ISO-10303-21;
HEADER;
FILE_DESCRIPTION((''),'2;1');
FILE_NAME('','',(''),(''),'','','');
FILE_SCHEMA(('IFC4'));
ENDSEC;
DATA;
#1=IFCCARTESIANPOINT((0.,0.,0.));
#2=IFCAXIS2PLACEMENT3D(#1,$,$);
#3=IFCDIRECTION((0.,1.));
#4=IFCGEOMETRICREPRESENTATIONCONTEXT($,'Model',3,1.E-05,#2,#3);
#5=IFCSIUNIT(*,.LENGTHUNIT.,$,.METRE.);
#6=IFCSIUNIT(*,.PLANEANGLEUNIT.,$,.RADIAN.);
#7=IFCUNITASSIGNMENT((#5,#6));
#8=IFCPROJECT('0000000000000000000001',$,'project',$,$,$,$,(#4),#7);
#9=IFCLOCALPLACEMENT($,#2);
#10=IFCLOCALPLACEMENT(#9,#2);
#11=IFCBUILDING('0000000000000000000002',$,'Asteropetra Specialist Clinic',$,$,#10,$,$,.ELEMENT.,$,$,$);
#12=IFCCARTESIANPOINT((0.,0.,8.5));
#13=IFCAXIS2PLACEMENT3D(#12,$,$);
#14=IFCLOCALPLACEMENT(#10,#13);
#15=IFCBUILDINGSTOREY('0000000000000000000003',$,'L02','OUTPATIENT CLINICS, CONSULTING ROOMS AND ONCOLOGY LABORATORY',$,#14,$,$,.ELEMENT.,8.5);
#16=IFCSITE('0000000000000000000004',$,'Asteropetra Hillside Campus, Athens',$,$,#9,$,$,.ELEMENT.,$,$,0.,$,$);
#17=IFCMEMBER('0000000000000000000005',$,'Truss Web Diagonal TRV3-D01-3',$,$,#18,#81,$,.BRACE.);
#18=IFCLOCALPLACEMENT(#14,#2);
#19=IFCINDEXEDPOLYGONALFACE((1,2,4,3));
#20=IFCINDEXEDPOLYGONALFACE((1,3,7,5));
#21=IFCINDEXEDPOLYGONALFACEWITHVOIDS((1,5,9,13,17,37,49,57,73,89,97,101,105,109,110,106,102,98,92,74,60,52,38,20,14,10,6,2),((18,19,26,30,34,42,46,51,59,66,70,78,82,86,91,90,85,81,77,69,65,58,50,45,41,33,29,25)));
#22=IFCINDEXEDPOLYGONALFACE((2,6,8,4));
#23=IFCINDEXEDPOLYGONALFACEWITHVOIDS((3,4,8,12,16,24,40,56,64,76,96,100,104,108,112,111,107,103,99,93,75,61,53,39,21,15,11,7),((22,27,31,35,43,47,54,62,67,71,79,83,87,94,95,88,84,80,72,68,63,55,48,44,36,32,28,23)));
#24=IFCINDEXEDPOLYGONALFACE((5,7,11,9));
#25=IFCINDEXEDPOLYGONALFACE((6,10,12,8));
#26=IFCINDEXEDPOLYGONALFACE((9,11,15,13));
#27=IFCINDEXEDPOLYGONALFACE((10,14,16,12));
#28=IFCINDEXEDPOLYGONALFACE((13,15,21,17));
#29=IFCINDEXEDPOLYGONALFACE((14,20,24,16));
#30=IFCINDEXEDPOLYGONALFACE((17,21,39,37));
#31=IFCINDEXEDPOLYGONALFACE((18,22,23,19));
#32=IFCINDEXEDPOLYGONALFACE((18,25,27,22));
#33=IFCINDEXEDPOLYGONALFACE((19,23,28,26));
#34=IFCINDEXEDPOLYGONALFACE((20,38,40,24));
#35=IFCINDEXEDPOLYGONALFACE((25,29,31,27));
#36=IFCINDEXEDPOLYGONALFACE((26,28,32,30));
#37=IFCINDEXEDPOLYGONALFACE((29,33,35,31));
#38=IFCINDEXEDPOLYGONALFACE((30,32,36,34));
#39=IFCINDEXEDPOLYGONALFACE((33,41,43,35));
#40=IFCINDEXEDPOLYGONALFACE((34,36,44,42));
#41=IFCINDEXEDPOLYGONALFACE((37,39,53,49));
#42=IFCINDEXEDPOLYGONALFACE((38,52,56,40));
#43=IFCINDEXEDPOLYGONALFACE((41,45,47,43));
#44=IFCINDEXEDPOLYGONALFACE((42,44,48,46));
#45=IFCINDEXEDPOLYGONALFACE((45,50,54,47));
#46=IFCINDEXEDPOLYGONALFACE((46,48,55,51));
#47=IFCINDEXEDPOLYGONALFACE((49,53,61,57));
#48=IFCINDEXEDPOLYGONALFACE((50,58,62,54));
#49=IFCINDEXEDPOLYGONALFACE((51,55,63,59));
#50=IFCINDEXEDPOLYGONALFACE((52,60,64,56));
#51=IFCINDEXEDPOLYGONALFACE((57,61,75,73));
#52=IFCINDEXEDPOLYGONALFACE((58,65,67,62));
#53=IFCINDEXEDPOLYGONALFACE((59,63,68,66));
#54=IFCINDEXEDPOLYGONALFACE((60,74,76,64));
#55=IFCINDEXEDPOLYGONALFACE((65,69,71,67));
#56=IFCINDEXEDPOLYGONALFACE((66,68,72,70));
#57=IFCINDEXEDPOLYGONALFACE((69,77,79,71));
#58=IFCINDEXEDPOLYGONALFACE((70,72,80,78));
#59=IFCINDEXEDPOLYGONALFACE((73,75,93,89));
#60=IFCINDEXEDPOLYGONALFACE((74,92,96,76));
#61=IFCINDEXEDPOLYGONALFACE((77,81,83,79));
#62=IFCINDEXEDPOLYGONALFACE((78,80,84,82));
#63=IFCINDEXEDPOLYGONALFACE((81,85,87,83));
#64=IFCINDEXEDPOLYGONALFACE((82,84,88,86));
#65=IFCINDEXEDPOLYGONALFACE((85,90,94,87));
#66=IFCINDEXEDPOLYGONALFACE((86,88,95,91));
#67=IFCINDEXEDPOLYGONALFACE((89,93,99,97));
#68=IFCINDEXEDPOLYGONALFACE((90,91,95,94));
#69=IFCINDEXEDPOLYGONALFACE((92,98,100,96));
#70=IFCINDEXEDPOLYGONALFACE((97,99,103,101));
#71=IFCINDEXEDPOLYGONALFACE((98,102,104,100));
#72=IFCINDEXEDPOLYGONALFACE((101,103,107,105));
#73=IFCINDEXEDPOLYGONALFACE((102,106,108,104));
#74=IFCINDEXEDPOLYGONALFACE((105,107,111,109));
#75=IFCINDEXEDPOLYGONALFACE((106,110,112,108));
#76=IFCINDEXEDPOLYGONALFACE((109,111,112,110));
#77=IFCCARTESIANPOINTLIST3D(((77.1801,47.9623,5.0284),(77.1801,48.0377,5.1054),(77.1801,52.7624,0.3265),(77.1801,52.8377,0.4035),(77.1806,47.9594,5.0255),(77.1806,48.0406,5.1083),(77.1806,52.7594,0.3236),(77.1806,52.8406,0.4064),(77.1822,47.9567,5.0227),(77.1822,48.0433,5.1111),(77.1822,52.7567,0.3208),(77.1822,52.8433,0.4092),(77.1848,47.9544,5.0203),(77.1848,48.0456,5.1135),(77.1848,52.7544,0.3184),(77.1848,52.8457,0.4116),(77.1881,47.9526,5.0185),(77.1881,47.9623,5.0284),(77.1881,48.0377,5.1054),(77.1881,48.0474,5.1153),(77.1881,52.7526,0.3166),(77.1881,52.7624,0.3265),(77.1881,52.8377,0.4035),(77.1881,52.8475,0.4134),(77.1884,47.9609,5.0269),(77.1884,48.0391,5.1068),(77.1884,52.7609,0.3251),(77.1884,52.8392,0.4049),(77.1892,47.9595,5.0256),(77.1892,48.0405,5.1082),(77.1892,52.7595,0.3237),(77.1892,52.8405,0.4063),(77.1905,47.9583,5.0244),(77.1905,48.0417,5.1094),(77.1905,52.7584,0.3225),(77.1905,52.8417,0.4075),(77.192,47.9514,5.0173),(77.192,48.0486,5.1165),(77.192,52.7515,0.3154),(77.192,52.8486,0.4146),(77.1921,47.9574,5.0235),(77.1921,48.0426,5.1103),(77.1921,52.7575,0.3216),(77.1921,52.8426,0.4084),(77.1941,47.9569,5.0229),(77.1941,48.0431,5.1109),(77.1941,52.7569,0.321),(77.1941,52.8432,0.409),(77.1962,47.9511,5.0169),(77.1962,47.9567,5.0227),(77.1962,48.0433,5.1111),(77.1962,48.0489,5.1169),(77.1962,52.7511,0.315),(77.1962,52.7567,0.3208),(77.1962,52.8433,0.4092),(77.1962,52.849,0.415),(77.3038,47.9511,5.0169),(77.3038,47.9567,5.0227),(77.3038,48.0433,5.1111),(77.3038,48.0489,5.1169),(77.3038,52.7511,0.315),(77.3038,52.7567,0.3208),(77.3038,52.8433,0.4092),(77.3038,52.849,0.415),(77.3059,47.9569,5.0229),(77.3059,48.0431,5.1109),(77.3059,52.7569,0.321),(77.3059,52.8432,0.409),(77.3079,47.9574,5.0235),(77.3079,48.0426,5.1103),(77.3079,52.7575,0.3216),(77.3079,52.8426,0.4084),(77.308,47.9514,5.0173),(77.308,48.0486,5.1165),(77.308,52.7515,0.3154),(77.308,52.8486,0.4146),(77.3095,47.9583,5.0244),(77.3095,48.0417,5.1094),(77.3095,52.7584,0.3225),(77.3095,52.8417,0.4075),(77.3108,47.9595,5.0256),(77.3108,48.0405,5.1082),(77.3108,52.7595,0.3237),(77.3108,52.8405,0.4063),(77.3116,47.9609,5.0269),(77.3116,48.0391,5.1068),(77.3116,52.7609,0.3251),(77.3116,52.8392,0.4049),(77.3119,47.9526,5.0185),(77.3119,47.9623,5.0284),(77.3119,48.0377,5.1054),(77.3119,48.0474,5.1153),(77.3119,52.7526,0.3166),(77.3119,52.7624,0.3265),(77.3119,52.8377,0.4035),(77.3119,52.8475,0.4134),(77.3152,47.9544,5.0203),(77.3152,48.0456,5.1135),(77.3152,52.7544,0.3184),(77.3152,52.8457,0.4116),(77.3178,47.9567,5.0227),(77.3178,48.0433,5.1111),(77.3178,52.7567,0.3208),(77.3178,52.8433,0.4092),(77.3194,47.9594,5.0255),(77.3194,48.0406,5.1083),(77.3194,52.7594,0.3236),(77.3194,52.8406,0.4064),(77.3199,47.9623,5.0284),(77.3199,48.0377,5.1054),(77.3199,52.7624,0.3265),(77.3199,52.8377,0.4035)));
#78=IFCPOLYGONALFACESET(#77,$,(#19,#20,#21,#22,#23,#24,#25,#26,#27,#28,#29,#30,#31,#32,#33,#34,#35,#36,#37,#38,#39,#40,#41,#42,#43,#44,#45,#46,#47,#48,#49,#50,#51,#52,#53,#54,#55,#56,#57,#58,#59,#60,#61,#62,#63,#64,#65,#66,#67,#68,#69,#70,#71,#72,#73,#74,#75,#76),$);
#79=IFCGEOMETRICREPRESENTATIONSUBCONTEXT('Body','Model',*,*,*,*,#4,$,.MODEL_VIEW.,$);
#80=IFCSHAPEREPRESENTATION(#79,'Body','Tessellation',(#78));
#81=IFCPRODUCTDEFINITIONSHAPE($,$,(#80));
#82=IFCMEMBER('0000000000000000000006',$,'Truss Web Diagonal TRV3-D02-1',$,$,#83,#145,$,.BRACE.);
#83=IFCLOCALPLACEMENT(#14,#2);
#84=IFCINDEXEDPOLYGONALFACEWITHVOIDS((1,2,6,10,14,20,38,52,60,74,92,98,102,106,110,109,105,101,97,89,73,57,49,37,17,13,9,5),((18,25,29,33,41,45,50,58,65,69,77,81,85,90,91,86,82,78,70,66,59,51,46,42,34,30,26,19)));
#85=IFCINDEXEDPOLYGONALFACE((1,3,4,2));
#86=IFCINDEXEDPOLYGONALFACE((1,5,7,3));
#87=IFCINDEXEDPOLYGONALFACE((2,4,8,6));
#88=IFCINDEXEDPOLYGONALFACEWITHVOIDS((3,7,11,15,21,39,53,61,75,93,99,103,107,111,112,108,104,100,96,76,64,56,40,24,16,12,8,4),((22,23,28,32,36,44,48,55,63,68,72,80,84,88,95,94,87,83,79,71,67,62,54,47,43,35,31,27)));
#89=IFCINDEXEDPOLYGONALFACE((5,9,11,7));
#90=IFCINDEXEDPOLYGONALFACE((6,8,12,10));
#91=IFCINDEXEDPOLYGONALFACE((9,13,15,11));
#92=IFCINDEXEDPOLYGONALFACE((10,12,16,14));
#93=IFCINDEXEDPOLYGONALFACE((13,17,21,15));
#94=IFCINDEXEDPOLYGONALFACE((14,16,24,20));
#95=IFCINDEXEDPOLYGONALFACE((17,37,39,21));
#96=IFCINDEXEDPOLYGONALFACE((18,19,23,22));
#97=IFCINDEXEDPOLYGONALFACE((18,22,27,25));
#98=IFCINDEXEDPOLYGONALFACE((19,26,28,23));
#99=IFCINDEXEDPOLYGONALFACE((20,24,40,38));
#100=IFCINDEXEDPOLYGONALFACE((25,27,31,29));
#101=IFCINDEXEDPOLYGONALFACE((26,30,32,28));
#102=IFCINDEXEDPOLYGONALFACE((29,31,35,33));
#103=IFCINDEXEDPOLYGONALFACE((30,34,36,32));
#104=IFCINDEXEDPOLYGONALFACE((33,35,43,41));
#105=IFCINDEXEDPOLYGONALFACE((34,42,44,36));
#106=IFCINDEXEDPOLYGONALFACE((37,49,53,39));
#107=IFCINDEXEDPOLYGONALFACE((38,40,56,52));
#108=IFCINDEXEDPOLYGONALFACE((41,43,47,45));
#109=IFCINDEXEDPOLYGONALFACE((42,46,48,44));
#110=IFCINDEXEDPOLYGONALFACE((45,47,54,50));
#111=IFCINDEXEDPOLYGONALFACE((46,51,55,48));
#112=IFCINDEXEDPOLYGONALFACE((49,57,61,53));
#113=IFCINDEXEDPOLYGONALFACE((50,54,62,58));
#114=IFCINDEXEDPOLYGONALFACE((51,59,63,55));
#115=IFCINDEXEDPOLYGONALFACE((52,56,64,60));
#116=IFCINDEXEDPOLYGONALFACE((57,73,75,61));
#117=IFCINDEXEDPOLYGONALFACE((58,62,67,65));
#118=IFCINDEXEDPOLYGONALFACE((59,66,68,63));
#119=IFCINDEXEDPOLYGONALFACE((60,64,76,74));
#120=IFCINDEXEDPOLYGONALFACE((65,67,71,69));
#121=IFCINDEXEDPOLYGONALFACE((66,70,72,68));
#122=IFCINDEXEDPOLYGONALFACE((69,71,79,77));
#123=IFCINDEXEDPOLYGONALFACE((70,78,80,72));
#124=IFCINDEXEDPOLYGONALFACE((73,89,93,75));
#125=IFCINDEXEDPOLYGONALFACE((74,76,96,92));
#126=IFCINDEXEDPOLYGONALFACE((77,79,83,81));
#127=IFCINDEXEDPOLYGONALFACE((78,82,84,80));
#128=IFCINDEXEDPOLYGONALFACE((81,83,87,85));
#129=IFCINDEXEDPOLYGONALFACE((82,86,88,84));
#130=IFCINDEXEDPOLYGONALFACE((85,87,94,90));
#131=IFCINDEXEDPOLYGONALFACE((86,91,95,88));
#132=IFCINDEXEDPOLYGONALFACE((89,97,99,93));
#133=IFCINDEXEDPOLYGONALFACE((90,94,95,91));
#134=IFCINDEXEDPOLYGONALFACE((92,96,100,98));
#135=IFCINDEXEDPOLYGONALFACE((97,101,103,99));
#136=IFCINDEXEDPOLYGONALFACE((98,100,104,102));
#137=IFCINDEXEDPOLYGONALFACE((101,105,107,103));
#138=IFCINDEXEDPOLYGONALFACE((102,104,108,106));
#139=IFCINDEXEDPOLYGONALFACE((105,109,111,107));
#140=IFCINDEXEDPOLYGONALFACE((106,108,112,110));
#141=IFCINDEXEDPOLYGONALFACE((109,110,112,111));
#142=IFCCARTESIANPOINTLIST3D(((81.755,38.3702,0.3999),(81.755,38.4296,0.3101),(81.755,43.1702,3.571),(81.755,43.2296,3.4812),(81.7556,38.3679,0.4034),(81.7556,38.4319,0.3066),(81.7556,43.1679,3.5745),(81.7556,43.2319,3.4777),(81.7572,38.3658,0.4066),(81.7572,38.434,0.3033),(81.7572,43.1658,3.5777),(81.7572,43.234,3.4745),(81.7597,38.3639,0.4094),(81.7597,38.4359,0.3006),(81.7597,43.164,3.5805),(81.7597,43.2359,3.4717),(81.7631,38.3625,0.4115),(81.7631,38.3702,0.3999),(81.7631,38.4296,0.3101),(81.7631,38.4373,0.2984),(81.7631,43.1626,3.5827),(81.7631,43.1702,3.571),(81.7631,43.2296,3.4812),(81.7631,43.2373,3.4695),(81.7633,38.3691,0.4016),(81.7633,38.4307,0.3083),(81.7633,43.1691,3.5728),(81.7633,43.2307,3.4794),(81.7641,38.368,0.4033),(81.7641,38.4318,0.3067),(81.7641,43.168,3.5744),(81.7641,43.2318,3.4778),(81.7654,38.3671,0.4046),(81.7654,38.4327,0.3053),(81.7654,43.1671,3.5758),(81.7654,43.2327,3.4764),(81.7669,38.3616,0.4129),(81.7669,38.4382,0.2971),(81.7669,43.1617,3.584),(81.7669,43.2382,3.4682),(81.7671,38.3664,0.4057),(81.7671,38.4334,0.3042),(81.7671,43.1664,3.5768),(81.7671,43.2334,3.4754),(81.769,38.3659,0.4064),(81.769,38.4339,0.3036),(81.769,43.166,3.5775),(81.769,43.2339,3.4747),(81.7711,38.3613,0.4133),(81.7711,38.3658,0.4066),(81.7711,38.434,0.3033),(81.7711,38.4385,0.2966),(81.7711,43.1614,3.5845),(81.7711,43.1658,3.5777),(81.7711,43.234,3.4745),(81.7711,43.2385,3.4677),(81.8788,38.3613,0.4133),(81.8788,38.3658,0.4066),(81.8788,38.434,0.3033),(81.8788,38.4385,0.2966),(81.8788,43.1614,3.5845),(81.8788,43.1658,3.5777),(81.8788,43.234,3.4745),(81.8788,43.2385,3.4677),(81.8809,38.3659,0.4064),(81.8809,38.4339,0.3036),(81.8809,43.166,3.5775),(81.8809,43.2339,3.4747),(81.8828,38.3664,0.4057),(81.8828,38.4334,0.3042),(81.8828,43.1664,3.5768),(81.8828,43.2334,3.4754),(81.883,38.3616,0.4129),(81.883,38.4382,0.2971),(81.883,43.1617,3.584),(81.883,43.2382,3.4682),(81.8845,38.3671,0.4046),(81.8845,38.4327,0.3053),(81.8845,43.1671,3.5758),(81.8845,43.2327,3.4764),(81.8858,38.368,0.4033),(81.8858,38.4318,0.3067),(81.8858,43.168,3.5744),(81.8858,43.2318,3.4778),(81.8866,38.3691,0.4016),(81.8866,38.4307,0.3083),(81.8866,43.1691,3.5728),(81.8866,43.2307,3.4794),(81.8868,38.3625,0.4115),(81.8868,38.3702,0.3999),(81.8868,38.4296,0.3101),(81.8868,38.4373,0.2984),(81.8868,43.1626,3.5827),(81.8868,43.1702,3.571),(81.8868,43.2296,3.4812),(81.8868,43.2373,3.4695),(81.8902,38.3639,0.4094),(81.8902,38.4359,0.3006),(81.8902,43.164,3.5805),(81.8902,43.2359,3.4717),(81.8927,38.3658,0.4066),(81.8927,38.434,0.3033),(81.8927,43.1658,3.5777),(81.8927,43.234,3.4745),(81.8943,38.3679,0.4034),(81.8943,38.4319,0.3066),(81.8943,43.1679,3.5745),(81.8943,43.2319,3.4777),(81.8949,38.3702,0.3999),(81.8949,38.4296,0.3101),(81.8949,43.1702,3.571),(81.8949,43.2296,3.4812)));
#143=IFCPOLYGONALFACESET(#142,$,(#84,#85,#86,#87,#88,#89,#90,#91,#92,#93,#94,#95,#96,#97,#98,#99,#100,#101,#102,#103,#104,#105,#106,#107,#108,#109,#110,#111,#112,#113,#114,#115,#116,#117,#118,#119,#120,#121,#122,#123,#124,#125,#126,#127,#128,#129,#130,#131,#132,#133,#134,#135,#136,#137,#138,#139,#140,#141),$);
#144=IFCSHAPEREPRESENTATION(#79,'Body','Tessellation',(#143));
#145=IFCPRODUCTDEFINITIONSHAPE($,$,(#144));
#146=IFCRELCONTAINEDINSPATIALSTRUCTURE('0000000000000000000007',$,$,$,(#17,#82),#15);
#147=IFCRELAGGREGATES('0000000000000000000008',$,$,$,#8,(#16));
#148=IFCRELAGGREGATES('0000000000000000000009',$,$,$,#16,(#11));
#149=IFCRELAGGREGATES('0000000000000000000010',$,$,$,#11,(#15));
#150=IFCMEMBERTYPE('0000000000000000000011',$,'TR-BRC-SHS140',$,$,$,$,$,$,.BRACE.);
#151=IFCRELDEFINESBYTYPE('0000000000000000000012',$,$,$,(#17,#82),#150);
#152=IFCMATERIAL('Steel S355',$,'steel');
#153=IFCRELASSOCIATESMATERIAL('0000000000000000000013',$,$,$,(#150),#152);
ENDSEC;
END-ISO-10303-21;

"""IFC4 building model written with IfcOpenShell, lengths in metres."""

from ifc_helpers import new_model, si_unit, direction, frame, origin, origin_2d, place, context, subcontext, project, spatial, hollow_rectangle, extrude, material, material_profile, profile_set, type_object, element, save


model = new_model("IFC4")

# Units and contexts
model_context = context("Model", 3, precision=1e-05, world=origin(), true_north=direction((0.0, 1.0)))
body_context = subcontext(model_context, "Body", "Model", "MODEL_VIEW")
ifc_project = project(units=[si_unit("LENGTHUNIT", "METRE"), si_unit("PLANEANGLEUNIT", "RADIAN")], contexts=[model_context])

# Site, building, storey
site_placement = place(None, origin())
site = spatial("IfcSite", under=ifc_project, at=site_placement, Name="Asteropetra Hillside Campus, Athens", CompositionType="ELEMENT", RefElevation=0.0)
building_placement = place(site_placement, origin())
building = spatial("IfcBuilding", under=site, at=building_placement, Name="Asteropetra Specialist Clinic", CompositionType="ELEMENT")
storey_placement = place(building_placement, frame((0.0, 0.0, 8.5)))
storey = spatial("IfcBuildingStorey", under=building, at=storey_placement, Name="L02", Description="OUTPATIENT CLINICS, CONSULTING ROOMS AND ONCOLOGY LABORATORY", CompositionType="ELEMENT", Elevation=8.5)

# Members
ifc_material_1 = material(Name="Steel S355", Category="steel")
ifc_material_profile_1 = material_profile(ifc_material_1, hollow_rectangle(XDim=0.1399, YDim=0.1399, WallThickness=0.0081, InnerFilletRadius=0.0081, OuterFilletRadius=0.0161, at=origin_2d()), Name="SHS 140x140x8.0")
ifc_profile_set_1 = profile_set([ifc_material_profile_1], Name="Steel S355")
member_type_1 = type_object("IfcMemberType", Name="TR-BRC-SHS140", PredefinedType="BRACE", material=ifc_profile_set_1)
for number, where, z_axis, x_axis, name in (
    (1, (77.25, 48.0, 5.0669), (0.0, 0.714372, -0.699766), (-1.0, 0.0, 0.0), "Truss Web Diagonal TRV3-D01-3"),
):
    element("IfcMember", number, at=place(storey_placement, frame(where, z_axis=z_axis, x_axis=x_axis)), inside=storey, type_object=member_type_1, Name=name, PredefinedType="BRACE", context=body_context, shape_type="SweptSolid", body=[
        extrude(hollow_rectangle(XDim=0.1399, YDim=0.1399, WallThickness=0.0081, InnerFilletRadius=0.0081, OuterFilletRadius=0.0161, at=origin_2d()), origin(), (0.0, 0.0, 1.0), 6.7192),
    ])
member_1_placement = place(storey_placement, frame((81.825, 38.3999, 0.355), z_axis=(0.0, 0.834361, 0.551219), x_axis=(-1.0, 0.0, 0.0)))
element("IfcMember", 2, at=member_1_placement, inside=storey, type_object=member_type_1, Name="Truss Web Diagonal TRV3-D02-1", PredefinedType="BRACE", context=body_context, shape_type="SweptSolid", body=[
    extrude(hollow_rectangle(XDim=0.1399, YDim=0.1399, WallThickness=0.0081, InnerFilletRadius=0.0081, OuterFilletRadius=0.0161, at=origin_2d()), origin(), (0.0, 0.0, 1.0), 5.7529),
])

save(model, "model.ifc")
